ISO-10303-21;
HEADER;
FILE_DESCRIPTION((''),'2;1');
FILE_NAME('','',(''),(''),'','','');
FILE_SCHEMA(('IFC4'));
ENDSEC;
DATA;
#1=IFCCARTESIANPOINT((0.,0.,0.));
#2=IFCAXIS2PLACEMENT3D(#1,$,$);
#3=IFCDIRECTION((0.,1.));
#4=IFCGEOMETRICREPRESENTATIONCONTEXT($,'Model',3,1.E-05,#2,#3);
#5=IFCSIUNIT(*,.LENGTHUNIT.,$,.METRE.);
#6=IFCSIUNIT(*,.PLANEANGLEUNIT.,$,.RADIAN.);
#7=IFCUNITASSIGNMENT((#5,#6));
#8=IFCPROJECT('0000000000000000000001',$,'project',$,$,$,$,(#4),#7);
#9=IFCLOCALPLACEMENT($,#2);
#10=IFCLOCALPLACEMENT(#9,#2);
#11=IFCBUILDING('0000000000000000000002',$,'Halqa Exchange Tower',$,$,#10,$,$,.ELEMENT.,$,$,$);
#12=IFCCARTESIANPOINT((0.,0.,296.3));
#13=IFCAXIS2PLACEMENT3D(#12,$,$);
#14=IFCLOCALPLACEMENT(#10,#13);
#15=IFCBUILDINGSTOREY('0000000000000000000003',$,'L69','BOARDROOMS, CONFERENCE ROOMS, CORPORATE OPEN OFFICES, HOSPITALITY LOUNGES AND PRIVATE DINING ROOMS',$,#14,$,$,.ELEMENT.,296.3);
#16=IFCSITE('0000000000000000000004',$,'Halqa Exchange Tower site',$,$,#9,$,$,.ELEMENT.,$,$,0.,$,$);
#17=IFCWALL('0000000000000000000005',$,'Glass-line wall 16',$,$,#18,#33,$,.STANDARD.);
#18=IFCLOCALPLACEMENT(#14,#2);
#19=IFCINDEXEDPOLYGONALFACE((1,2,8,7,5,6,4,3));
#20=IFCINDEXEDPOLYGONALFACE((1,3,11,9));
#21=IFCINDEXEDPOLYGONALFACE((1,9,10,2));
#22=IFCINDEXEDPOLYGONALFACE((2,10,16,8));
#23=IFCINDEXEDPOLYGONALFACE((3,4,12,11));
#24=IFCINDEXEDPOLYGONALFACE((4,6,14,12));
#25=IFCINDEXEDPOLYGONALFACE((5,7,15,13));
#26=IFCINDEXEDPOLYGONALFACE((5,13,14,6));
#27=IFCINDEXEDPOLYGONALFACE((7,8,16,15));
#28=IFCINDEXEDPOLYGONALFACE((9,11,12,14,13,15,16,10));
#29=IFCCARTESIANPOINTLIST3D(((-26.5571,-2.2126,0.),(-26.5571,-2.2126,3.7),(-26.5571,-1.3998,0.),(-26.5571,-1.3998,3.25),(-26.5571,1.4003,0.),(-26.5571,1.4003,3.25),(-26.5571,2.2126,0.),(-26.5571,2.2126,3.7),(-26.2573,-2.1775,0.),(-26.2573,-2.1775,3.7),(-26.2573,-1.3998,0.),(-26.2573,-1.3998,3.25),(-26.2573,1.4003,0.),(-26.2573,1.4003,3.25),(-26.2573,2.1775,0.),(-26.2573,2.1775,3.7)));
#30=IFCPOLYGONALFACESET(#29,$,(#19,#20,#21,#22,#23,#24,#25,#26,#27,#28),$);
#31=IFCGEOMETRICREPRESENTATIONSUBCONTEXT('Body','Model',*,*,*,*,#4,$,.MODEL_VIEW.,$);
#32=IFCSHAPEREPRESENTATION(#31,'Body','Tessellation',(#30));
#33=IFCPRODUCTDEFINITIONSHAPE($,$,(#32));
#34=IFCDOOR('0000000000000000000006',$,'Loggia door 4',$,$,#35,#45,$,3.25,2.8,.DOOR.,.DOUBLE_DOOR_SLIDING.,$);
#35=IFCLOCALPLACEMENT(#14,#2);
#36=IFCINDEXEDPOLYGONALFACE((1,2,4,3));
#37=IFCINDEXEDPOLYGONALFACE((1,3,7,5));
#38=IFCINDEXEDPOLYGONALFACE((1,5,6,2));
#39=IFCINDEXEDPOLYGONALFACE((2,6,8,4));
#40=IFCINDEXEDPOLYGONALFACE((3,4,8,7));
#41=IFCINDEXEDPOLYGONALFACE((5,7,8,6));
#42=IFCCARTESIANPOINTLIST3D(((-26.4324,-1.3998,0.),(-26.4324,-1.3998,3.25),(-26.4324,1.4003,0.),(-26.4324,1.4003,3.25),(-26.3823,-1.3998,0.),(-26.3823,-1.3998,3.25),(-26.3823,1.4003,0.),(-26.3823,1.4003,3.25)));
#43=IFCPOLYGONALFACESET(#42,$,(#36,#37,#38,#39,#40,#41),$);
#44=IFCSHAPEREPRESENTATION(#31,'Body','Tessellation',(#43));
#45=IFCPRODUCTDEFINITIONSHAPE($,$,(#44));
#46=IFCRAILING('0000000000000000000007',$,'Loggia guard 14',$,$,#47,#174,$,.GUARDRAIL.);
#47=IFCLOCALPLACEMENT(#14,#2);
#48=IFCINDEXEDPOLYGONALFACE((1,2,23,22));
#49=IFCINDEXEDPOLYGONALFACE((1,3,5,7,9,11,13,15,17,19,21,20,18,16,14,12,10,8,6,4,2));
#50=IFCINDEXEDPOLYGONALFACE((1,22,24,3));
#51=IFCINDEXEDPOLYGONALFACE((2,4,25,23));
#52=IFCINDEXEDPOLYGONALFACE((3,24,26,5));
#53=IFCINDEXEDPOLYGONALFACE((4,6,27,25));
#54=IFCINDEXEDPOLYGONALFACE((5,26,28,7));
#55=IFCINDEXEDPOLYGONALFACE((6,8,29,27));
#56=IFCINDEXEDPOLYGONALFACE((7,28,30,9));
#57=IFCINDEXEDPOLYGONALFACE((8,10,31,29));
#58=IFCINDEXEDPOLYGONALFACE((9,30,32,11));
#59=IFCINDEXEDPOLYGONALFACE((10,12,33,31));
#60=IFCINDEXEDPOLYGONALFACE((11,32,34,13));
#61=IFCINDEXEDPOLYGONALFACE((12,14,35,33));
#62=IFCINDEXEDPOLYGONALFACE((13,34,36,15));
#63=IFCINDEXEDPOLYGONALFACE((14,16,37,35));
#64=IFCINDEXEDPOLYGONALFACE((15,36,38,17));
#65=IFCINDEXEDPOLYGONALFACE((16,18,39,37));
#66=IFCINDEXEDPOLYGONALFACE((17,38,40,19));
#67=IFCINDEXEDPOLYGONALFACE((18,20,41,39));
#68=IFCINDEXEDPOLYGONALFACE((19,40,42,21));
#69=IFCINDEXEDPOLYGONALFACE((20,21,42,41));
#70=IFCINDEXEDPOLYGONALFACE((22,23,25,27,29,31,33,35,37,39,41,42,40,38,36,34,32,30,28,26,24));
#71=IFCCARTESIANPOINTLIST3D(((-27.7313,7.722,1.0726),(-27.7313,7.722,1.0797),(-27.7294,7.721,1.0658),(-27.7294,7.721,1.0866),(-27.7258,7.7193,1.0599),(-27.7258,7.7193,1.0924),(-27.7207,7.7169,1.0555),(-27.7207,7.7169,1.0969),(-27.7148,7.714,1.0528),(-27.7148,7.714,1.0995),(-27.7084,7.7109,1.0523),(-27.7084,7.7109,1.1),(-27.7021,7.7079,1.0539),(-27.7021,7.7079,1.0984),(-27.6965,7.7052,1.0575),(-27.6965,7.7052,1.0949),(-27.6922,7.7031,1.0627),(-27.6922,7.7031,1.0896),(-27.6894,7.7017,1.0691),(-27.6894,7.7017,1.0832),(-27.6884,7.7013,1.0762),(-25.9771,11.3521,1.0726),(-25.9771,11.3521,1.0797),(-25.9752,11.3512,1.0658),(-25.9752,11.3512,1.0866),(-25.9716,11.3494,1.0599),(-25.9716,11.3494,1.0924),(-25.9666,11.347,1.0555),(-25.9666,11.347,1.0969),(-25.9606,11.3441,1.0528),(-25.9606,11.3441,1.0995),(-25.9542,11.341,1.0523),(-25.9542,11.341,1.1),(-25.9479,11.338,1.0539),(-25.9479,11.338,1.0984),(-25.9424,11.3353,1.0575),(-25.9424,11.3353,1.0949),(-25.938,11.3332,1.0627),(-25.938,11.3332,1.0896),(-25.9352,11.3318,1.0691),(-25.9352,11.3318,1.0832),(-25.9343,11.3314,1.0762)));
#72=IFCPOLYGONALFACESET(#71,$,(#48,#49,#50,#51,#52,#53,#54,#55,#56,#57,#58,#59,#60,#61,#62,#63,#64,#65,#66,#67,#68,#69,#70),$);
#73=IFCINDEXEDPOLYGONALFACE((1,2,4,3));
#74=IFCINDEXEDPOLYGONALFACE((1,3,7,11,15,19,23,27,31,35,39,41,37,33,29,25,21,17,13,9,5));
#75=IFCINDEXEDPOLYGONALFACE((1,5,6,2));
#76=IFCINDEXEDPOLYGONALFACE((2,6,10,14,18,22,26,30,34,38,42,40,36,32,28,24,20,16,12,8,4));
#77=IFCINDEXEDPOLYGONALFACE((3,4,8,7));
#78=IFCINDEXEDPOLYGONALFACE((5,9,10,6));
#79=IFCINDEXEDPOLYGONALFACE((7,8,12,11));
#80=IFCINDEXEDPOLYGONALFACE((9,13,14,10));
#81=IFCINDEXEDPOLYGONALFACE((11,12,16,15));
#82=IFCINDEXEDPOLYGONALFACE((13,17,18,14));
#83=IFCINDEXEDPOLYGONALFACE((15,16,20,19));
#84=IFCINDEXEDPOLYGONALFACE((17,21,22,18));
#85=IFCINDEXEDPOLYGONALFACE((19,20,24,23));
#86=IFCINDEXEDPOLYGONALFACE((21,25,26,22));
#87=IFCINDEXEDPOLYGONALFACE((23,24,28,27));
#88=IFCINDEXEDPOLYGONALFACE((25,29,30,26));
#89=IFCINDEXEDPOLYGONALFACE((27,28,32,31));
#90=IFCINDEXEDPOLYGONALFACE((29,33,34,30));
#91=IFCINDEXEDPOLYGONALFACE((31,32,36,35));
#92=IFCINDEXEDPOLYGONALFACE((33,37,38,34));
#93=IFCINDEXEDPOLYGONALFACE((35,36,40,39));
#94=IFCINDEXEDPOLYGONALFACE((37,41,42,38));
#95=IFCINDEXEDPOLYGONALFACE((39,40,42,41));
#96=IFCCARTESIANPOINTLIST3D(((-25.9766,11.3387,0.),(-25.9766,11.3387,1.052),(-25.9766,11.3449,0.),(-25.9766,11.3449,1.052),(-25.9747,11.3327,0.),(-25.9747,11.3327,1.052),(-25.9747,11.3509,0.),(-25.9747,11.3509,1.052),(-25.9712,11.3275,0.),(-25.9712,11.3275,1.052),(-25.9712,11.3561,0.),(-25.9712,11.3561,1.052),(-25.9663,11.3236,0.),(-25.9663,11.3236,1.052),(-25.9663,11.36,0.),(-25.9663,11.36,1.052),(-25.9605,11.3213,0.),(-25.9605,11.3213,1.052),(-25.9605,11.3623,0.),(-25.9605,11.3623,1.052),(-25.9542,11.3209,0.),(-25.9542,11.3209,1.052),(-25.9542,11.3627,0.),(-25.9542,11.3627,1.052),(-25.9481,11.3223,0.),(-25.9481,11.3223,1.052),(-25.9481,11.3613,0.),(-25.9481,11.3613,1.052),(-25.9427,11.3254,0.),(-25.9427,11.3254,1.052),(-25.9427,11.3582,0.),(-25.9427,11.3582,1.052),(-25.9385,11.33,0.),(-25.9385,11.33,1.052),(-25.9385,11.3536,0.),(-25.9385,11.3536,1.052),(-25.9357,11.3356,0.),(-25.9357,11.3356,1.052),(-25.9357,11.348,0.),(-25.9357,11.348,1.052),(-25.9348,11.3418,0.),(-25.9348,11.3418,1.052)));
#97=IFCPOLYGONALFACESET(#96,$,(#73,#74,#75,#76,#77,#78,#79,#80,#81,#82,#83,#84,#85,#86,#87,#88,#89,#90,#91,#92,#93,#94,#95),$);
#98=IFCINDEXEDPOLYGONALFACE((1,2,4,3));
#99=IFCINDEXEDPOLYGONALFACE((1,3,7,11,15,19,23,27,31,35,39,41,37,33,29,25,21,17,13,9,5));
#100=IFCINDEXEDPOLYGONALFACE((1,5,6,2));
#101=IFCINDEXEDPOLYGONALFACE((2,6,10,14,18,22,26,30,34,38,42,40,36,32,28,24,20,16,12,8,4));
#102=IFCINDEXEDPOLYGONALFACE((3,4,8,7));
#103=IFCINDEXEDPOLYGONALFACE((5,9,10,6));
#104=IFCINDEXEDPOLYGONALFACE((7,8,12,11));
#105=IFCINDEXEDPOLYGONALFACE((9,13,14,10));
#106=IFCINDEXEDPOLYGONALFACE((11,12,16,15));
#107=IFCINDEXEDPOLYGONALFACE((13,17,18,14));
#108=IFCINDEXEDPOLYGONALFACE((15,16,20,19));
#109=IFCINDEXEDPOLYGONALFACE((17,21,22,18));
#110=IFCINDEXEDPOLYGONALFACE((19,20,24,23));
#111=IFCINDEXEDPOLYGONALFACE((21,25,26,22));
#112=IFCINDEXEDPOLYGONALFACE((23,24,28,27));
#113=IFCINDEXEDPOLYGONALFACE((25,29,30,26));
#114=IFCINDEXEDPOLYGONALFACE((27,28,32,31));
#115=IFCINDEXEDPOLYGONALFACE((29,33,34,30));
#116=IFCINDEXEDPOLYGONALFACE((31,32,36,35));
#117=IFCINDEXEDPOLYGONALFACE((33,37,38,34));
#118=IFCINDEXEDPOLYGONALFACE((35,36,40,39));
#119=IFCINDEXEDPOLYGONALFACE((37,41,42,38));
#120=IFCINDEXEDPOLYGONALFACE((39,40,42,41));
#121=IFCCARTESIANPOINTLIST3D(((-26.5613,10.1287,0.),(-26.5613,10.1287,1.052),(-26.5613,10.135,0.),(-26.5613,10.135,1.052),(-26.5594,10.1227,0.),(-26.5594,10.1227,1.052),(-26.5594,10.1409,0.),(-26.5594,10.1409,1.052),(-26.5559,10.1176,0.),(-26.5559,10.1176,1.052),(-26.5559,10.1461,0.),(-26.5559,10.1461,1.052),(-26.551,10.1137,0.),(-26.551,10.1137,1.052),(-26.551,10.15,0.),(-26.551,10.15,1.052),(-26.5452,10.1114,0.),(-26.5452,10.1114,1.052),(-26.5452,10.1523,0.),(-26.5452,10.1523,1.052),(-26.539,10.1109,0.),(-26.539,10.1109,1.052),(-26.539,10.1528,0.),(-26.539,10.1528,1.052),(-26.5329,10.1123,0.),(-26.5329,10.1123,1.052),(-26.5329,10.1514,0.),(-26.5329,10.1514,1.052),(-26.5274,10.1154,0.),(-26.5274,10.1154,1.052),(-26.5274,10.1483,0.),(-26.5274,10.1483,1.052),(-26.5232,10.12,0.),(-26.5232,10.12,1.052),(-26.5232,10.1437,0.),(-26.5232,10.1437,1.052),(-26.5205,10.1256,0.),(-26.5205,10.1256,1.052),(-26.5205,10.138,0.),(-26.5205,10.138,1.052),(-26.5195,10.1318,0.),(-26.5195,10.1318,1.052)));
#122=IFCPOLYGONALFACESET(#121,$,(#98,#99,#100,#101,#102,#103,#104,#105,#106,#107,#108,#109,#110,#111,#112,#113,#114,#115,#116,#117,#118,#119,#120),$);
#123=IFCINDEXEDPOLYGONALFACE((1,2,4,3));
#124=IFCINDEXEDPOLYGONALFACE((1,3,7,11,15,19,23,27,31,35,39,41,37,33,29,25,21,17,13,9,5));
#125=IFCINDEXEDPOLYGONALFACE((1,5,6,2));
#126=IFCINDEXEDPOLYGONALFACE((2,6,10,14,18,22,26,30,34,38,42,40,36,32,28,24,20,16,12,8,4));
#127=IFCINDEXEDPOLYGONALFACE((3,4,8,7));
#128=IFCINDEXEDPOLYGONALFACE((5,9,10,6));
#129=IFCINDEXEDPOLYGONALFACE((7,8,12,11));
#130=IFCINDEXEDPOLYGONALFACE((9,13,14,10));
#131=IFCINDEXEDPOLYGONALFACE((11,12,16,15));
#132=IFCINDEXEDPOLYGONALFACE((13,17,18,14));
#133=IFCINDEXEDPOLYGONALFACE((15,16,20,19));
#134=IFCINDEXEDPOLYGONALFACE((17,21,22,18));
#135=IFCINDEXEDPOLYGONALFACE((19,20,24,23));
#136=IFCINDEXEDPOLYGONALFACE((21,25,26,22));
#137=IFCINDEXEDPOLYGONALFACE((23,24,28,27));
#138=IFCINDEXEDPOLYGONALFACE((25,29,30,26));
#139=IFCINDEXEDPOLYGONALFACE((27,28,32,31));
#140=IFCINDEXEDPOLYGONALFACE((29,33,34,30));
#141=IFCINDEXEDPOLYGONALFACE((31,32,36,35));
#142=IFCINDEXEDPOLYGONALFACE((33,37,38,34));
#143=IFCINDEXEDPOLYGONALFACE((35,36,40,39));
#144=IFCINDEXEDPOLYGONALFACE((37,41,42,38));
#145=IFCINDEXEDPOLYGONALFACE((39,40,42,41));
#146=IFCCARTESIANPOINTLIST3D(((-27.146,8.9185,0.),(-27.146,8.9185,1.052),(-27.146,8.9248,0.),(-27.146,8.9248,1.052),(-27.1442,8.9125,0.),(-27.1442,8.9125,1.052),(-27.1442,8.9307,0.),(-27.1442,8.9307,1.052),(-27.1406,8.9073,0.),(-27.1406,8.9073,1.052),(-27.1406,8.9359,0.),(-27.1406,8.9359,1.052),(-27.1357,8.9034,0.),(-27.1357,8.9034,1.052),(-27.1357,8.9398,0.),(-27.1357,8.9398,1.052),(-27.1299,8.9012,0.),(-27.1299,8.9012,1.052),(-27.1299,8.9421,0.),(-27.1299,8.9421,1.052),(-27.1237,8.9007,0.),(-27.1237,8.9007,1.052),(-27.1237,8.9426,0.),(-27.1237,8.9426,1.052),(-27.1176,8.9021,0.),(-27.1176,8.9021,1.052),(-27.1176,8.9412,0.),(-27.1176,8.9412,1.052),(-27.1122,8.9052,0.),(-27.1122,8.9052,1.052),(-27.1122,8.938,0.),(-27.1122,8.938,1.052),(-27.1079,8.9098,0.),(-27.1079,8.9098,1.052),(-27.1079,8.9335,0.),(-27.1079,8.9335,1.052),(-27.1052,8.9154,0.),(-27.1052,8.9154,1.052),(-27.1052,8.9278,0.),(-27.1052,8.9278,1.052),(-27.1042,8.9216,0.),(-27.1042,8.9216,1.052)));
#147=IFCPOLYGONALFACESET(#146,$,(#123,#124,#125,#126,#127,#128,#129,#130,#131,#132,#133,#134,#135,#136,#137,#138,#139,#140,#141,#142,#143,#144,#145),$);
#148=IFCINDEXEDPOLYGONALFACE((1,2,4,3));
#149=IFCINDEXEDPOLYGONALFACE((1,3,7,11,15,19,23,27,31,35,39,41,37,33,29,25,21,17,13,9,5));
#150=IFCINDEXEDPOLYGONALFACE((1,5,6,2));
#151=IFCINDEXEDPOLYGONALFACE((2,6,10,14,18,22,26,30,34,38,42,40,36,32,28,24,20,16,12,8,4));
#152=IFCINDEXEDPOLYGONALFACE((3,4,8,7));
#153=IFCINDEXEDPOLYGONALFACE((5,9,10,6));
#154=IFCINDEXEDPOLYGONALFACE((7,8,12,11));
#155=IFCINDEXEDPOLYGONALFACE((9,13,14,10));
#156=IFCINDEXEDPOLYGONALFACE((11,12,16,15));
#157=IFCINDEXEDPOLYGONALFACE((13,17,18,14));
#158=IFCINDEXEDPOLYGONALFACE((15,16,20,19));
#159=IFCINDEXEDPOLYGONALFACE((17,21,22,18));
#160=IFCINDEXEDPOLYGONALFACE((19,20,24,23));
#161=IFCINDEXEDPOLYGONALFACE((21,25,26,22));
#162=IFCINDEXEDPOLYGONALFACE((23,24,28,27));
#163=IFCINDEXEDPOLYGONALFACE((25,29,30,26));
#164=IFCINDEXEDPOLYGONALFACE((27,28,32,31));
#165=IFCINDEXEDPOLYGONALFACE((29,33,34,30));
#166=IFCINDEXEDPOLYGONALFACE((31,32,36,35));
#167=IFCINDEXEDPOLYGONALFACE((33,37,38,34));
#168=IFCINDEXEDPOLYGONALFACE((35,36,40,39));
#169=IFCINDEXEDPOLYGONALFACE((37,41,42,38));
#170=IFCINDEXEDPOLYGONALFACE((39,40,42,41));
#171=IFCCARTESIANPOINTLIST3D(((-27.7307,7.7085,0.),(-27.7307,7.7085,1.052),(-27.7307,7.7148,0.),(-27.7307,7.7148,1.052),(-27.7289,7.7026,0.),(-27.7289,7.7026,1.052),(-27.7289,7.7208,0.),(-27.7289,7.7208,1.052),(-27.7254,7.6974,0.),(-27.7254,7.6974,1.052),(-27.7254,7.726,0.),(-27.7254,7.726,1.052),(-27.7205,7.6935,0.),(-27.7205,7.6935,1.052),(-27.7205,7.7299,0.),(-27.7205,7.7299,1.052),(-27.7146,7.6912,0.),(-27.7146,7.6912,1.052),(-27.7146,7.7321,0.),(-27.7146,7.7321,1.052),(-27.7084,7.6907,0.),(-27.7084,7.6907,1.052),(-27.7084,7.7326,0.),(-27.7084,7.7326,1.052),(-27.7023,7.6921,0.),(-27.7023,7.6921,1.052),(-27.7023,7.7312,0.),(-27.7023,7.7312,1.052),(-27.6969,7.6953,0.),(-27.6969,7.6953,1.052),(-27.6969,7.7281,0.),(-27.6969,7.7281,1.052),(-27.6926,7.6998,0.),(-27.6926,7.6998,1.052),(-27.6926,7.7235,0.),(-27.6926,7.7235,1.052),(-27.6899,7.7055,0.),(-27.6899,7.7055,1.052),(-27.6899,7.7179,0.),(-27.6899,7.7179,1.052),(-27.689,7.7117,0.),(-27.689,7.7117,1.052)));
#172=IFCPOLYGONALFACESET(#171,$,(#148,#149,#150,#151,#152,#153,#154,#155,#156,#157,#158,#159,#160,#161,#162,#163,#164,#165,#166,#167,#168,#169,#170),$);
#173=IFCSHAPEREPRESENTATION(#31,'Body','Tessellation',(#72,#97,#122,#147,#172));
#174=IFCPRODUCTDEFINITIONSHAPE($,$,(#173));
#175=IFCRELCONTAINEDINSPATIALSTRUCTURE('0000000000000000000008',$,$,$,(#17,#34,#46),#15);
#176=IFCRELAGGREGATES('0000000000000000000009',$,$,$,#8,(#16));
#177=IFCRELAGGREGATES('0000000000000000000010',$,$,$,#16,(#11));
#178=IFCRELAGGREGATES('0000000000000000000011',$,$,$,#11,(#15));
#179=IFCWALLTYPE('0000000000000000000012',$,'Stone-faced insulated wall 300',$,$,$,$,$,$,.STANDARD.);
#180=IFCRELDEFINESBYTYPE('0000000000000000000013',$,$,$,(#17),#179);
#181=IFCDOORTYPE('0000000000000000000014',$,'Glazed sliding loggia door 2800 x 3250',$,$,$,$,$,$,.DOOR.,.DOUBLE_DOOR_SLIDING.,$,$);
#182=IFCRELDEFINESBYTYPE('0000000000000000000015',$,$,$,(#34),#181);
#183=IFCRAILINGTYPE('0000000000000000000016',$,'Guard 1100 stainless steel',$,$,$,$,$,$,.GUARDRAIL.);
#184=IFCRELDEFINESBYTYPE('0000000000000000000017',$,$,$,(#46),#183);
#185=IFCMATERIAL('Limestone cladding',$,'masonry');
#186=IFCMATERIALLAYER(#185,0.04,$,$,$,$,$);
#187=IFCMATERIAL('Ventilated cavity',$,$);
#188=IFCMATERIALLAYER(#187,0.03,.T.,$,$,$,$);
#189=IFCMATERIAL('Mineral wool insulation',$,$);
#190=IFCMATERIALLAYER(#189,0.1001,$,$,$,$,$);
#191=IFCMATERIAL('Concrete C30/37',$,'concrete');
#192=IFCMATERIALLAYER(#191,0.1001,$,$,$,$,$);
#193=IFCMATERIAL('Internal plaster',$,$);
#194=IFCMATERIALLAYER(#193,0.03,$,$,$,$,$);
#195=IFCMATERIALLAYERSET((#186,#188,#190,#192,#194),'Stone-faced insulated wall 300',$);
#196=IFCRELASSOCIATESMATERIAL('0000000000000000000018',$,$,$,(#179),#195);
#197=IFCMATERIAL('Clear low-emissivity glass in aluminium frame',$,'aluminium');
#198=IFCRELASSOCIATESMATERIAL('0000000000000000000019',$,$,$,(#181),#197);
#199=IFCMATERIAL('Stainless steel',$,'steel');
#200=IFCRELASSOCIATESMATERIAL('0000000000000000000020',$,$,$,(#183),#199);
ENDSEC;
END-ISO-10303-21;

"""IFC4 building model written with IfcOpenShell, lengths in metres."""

from ifc_helpers import new_model, si_unit, direction, frame, frame_2d, origin, origin_2d, place, context, subcontext, project, spatial, polyline, rectangle, circle, outline, extrude, material, layer, layer_set, type_object, element, fill, save


model = new_model("IFC4")

# Units and contexts
model_context = context("Model", 3, precision=1e-05, world=origin(), true_north=direction((0.0, 1.0)))
body_context = subcontext(model_context, "Body", "Model", "MODEL_VIEW")
ifc_project = project(units=[si_unit("LENGTHUNIT", "METRE"), si_unit("PLANEANGLEUNIT", "RADIAN")], contexts=[model_context])

# Site, building, storey
site_placement = place(None, origin())
site = spatial("IfcSite", under=ifc_project, at=site_placement, Name="Halqa Exchange Tower site", CompositionType="ELEMENT", RefElevation=0.0)
building_placement = place(site_placement, origin())
building = spatial("IfcBuilding", under=site, at=building_placement, Name="Halqa Exchange Tower", CompositionType="ELEMENT")
storey_placement = place(building_placement, frame((0.0, 0.0, 296.3)))
storey = spatial("IfcBuildingStorey", under=building, at=storey_placement, Name="L69", Description="BOARDROOMS, CONFERENCE ROOMS, CORPORATE OPEN OFFICES, HOSPITALITY LOUNGES AND PRIVATE DINING ROOMS", CompositionType="ELEMENT", Elevation=296.3)

# Shared definitions
ifc_material_1 = material(Name="Limestone cladding", Category="masonry")
ifc_layer_1 = layer(ifc_material_1, 0.04)
ifc_material_2 = material(Name="Ventilated cavity")
ifc_layer_2 = layer(ifc_material_2, 0.03, ventilated=True)
ifc_material_3 = material(Name="Mineral wool insulation")
ifc_layer_3 = layer(ifc_material_3, 0.1001)
ifc_material_4 = material(Name="Concrete C30/37", Category="concrete")
ifc_layer_4 = layer(ifc_material_4, 0.1001)
ifc_material_5 = material(Name="Internal plaster")
ifc_layer_5 = layer(ifc_material_5, 0.03)
ifc_layer_set = layer_set([ifc_layer_1, ifc_layer_2, ifc_layer_3, ifc_layer_4, ifc_layer_5], Name="Stone-faced insulated wall 300")
wall_type = type_object("IfcWallType", Name="Stone-faced insulated wall 300", PredefinedType="STANDARD", material=ifc_layer_set)
ifc_material_6 = material(Name="Clear low-emissivity glass in aluminium frame", Category="aluminium")

# Wall, opening, door
wall_1_placement = place(storey_placement, frame((-26.4072, 2.1951, 0.0), z_axis=(0.0, 0.0, 1.0), x_axis=(0.0, -1.0, 0.0)))
wall_1 = element("IfcWall", 1, at=wall_1_placement, inside=storey, type_object=wall_type, Name="Glass-line wall 16", PredefinedType="STANDARD", context=body_context, shape_type="SweptSolid", body=[
    extrude(outline(polyline([(-0.0176, -0.1499), (4.4077, -0.1499), (4.3726, 0.1499), (0.0176, 0.1499), (-0.0176, -0.1499)])), origin(), (0.0, 0.0, 1.0), 3.7),
])
opening_1_placement = place(wall_1_placement, frame((0.7949, 0.0, 0.0)))
opening_1 = element("IfcOpeningElement", 2, at=opening_1_placement, cuts=wall_1, PredefinedType="OPENING", context=body_context, shape_type="SweptSolid", body=[
    extrude(rectangle(XDim=2.8, YDim=3.25, at=frame_2d((1.3999, 1.625))), frame((0.0, 0.1621, 0.0), z_axis=(0.0, -1.0, 0.0), x_axis=(1.0, 0.0, 0.0)), (0.0, 0.0, 1.0), 0.324),
])
door_type = type_object("IfcDoorType", Name="Glazed sliding loggia door 2800 x 3250", OperationType="DOUBLE_DOOR_SLIDING", PredefinedType="DOOR", material=ifc_material_6)
door_placement = place(opening_1_placement, origin())
door = element("IfcDoor", 3, at=door_placement, inside=storey, type_object=door_type, Name="Loggia door 4", OperationType="DOUBLE_DOOR_SLIDING", OverallHeight=3.25, OverallWidth=2.8, PredefinedType="DOOR", context=body_context, shape_type="SweptSolid", body=[
    extrude(rectangle(XDim=2.8, YDim=3.25, at=frame_2d((1.3999, 1.625))), frame((0.0, 0.0249, 0.0), z_axis=(0.0, -1.0, 0.0), x_axis=(1.0, 0.0, 0.0)), (0.0, 0.0, 1.0), 0.05),
])
fill(opening_1, door)

# Railing
ifc_material_7 = material(Name="Stainless steel", Category="steel")
railing_type = type_object("IfcRailingType", Name="Guard 1100 stainless steel", PredefinedType="GUARDRAIL", material=ifc_material_7)
railing_1_placement = place(storey_placement, frame((-25.9558, 11.3418, 0.0)))
element("IfcRailing", 4, at=railing_1_placement, inside=storey, type_object=railing_type, Name="Loggia guard 14", PredefinedType="GUARDRAIL", context=body_context, shape_type="SweptSolid", body=[
    extrude(circle(Radius=0.0239, at=origin_2d()), frame((0.0, 0.0, 1.0762), z_axis=(-0.435086, -0.900389, 0.0), x_axis=(0.900389, -0.435086, 0.0)), (0.0, 0.0, 1.0), 4.0317),
    extrude(circle(Radius=0.021, at=origin_2d()), origin(), (0.0, 0.0, 1.0), 1.052),
    extrude(circle(Radius=0.021, at=origin_2d()), frame((-0.5847, -1.21, 0.0)), (0.0, 0.0, 1.0), 1.052),
    extrude(circle(Radius=0.021, at=origin_2d()), frame((-1.1694, -2.4202, 0.0)), (0.0, 0.0, 1.0), 1.052),
    extrude(circle(Radius=0.021, at=origin_2d()), frame((-1.7542, -3.6301, 0.0)), (0.0, 0.0, 1.0), 1.052),
])

save(model, "model.ifc")
